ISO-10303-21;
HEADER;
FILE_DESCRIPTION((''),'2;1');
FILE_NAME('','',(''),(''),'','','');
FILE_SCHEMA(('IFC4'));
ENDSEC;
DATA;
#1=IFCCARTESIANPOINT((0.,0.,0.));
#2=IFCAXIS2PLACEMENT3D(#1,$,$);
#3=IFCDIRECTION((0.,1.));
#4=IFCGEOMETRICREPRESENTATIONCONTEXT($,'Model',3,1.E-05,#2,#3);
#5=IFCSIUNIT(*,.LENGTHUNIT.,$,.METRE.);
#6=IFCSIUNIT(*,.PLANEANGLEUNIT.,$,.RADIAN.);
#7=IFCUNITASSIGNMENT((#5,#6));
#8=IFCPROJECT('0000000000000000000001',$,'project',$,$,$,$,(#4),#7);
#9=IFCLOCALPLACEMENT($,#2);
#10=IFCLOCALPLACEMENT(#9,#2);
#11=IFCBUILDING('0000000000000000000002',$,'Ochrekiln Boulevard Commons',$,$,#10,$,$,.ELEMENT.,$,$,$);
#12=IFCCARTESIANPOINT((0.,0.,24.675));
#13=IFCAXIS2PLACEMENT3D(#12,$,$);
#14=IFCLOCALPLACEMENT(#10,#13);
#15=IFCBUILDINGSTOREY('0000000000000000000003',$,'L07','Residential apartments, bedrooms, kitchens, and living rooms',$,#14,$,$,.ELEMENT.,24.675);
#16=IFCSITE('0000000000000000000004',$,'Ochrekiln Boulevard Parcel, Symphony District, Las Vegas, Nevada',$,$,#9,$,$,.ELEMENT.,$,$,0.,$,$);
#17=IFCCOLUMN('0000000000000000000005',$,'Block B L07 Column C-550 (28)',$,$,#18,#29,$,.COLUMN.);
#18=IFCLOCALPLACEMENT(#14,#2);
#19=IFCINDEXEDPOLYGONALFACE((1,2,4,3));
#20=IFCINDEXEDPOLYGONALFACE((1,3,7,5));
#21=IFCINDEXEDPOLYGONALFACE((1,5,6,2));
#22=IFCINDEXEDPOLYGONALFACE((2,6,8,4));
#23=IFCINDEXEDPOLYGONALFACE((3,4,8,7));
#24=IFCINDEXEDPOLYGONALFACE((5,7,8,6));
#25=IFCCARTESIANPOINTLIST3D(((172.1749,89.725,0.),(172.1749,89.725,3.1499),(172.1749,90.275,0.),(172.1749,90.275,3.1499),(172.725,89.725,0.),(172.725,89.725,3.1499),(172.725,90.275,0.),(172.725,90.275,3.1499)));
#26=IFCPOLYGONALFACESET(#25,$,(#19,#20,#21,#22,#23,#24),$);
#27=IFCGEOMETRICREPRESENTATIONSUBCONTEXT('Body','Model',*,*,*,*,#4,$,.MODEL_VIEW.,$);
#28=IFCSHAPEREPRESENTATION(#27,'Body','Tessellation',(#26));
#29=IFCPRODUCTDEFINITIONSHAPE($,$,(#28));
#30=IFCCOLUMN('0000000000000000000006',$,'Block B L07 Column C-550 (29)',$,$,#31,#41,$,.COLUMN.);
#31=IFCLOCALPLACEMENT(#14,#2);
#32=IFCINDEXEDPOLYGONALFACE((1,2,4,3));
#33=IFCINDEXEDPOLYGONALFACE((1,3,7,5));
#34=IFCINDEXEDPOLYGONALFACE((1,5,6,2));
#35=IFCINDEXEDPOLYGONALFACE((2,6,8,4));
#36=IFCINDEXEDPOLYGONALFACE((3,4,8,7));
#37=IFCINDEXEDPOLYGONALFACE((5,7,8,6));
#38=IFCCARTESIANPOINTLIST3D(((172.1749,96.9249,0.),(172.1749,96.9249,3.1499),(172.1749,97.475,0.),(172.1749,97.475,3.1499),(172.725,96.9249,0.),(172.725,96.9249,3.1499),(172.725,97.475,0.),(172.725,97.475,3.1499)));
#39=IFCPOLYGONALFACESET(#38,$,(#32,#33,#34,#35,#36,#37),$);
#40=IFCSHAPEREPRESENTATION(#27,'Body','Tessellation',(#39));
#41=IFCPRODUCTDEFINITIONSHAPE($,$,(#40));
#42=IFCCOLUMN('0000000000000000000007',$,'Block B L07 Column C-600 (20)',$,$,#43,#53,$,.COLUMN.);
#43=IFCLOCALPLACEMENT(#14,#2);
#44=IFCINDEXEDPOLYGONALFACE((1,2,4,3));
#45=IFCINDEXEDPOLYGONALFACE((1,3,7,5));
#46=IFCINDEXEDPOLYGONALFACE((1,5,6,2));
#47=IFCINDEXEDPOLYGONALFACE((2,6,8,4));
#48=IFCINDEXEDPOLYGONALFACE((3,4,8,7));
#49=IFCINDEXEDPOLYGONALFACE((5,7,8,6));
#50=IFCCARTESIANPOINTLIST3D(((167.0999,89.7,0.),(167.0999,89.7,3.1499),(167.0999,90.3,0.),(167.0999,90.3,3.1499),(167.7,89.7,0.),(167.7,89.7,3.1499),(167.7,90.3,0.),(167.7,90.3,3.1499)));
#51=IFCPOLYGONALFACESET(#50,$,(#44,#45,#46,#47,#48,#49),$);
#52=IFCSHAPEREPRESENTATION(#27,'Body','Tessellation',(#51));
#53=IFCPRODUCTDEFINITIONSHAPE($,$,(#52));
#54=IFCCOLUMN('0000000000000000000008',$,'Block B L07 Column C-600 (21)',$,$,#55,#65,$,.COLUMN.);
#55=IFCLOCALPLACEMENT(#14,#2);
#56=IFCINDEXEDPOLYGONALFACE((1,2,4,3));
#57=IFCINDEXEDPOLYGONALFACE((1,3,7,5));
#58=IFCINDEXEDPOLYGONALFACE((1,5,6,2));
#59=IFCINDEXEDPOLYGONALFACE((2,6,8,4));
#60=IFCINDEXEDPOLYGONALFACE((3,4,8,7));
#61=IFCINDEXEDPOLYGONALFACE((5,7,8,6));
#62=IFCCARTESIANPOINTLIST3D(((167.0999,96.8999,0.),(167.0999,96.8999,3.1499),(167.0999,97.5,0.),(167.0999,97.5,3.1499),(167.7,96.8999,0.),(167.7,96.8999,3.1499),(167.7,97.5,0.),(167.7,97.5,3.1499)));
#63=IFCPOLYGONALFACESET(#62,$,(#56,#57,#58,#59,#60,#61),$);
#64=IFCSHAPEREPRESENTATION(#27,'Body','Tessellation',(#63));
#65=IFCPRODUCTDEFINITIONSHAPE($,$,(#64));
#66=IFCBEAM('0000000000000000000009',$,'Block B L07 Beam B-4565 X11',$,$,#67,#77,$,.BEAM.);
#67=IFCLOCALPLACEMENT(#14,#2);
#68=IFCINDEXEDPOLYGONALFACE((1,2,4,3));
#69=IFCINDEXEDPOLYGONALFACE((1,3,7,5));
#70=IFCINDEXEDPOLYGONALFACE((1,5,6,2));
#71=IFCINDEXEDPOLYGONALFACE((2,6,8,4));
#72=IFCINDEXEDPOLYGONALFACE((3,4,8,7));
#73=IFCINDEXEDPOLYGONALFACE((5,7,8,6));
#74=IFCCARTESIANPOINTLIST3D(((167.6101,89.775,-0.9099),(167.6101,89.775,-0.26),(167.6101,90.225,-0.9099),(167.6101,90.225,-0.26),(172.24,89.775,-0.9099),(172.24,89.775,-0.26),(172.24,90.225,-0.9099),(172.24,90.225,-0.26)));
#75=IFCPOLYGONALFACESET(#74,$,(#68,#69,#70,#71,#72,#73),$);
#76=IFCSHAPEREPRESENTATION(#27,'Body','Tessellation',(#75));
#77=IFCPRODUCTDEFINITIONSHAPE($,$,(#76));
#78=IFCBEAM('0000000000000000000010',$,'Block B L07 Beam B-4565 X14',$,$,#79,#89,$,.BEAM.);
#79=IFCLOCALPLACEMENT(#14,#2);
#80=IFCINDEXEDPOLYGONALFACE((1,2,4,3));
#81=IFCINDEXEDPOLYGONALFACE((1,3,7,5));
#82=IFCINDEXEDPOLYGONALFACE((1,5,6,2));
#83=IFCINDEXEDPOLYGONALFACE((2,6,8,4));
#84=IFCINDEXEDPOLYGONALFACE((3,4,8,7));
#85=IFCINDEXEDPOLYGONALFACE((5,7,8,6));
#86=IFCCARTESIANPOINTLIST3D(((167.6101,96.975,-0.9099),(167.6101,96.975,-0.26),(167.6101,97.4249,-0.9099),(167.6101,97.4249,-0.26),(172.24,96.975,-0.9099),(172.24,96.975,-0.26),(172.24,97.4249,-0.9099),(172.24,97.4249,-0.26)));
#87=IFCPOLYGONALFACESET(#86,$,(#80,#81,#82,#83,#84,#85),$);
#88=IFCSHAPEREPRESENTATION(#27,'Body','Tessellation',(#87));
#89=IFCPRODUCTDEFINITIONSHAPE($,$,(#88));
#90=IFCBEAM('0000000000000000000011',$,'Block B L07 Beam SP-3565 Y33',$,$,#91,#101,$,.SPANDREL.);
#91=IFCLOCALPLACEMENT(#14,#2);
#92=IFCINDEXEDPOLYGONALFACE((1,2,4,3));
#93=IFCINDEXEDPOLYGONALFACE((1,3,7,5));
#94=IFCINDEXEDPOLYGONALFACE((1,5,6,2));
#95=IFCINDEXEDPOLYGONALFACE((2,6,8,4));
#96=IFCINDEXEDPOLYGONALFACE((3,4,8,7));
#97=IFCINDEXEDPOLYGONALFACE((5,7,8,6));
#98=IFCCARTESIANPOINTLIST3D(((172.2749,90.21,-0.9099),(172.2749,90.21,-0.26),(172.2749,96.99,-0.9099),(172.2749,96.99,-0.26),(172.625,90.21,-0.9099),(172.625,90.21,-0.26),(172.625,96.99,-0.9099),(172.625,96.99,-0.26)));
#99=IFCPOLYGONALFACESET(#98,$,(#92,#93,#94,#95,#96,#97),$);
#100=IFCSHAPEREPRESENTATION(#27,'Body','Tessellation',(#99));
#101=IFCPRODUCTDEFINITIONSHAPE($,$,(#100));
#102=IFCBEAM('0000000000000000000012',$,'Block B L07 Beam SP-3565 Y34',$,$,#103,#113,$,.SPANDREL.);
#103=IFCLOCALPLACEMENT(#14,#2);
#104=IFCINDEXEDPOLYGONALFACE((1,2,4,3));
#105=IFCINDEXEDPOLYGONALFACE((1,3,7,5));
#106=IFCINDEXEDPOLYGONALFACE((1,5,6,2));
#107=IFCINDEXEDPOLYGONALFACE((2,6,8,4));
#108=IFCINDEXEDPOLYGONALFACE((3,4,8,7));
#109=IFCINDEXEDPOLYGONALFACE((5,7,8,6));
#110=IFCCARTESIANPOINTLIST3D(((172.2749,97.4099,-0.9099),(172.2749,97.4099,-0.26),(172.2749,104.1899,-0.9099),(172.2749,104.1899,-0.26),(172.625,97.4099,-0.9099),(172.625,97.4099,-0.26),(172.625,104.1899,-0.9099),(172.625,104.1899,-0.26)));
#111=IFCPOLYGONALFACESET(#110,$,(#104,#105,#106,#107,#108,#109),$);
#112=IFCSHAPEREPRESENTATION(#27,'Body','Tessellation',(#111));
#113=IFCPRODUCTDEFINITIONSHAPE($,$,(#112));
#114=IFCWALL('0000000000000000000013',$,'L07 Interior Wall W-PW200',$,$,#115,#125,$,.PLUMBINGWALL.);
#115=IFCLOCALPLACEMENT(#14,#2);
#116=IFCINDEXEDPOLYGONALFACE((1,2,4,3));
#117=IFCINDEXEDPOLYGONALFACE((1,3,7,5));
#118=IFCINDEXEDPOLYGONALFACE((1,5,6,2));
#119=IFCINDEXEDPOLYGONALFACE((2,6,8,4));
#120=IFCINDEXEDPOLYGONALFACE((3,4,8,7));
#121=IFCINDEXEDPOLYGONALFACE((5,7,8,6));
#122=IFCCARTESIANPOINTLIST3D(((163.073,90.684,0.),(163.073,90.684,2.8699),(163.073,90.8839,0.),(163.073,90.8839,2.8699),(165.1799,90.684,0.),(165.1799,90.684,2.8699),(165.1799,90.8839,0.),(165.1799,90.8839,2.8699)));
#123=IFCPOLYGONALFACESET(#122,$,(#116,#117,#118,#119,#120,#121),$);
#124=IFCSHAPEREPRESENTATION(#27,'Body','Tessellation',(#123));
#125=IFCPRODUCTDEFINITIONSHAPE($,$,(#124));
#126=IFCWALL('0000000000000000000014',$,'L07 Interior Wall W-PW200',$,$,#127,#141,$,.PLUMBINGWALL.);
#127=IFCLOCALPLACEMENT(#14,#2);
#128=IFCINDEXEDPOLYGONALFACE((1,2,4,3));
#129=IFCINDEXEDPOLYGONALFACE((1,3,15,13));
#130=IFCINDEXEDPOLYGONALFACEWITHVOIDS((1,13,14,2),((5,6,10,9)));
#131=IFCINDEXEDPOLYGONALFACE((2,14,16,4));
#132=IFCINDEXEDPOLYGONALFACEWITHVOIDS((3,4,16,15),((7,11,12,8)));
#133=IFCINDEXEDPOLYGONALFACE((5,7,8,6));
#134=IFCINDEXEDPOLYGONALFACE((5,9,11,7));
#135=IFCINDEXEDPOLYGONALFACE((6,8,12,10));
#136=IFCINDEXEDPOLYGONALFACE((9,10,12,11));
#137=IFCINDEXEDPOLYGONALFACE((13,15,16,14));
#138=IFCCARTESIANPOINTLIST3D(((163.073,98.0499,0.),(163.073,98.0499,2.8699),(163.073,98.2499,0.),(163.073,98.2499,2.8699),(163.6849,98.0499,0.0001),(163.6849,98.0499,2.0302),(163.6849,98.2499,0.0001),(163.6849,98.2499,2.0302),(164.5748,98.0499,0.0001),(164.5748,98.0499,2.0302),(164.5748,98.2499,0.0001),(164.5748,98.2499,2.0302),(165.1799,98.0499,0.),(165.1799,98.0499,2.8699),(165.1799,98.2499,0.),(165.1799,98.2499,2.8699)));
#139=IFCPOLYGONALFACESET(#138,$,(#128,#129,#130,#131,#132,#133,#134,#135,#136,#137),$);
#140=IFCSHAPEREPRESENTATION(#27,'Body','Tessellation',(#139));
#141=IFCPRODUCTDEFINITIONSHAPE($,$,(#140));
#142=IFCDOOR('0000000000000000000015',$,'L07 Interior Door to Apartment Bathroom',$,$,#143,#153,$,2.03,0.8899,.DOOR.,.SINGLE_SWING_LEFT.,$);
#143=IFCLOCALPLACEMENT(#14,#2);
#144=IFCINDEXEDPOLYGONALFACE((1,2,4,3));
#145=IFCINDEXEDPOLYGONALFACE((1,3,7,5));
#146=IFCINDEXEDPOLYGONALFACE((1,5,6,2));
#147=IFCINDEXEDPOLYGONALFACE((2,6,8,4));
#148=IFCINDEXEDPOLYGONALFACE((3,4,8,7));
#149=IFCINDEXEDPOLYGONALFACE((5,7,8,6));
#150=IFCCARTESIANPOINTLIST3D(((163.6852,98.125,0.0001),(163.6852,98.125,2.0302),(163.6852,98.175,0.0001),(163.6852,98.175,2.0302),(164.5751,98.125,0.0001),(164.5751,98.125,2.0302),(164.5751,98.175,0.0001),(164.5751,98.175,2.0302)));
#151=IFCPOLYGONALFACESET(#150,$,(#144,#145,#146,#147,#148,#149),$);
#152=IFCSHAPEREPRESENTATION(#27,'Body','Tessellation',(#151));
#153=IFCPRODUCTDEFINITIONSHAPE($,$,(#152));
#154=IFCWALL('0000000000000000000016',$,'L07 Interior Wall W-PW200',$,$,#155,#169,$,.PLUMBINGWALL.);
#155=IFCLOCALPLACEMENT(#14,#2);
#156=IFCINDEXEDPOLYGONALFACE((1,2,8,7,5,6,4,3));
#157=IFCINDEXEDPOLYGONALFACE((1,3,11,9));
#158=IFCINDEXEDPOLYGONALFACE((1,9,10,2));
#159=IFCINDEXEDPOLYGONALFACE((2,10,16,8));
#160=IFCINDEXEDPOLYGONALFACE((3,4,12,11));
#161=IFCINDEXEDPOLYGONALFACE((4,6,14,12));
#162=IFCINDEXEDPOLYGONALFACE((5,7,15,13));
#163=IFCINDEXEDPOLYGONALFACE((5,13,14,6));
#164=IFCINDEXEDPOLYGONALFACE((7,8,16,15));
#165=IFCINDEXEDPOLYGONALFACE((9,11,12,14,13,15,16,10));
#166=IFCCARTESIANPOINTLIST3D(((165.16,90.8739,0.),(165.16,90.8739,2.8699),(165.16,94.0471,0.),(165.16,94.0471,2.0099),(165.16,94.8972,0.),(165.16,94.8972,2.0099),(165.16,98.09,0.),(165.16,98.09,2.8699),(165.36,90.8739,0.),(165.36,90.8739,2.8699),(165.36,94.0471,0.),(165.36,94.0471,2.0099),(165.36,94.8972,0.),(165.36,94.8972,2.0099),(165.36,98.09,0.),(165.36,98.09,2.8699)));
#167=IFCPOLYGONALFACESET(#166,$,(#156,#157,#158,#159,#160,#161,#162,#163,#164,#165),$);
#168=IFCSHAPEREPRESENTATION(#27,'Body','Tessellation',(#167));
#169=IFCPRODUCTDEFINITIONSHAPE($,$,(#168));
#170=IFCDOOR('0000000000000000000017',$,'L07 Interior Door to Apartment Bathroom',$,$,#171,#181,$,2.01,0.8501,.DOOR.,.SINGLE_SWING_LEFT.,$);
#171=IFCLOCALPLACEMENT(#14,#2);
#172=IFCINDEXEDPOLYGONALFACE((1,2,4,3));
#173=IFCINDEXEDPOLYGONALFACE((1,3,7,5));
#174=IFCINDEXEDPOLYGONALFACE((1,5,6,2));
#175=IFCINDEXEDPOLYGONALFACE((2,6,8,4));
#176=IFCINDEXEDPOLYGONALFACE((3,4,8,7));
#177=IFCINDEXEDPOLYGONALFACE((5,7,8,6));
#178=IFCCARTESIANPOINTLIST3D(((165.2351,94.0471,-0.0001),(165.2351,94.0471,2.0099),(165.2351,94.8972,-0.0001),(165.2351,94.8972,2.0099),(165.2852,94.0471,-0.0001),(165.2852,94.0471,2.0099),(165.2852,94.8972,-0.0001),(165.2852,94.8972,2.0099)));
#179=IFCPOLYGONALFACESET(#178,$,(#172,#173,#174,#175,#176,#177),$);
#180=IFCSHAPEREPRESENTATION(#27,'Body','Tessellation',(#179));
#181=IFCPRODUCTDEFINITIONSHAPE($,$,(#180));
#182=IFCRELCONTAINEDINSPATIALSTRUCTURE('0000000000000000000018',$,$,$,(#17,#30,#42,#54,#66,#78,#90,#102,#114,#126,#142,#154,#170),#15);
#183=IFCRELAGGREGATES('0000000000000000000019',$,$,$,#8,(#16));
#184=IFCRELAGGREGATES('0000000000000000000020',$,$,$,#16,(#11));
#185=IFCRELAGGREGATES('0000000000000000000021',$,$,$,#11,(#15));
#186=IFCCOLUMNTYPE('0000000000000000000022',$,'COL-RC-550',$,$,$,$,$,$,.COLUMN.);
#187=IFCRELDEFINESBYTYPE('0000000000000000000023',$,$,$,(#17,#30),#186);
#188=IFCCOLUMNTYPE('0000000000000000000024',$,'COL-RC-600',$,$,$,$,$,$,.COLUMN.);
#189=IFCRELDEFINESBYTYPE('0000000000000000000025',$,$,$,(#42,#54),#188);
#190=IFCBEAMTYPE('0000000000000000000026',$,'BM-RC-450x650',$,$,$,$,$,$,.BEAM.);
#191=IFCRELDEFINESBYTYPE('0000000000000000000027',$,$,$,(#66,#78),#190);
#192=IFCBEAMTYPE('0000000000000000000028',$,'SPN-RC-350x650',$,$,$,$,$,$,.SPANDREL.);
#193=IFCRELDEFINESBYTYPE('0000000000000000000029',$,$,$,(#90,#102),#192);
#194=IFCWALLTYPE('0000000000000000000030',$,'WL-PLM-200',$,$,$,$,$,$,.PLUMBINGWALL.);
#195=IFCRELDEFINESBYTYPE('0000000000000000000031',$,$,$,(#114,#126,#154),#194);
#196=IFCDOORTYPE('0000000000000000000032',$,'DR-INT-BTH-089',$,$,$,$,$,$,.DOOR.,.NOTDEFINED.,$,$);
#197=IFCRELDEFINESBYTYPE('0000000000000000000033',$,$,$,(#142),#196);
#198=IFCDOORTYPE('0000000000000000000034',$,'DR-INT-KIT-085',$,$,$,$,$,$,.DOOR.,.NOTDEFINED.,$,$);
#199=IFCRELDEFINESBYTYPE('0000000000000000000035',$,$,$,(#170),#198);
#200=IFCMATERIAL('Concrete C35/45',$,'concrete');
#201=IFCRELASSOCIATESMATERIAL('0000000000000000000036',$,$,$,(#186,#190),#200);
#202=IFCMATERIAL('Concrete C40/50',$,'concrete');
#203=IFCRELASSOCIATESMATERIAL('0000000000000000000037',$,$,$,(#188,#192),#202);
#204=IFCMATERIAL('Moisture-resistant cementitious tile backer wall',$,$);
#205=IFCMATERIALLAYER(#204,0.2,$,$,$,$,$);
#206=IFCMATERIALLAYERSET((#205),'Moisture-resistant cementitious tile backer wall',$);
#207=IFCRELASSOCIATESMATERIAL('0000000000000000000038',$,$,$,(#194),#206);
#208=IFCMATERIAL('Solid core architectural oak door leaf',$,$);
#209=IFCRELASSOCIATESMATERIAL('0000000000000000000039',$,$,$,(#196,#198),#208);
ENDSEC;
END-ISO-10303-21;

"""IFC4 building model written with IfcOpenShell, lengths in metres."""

from ifc_helpers import new_model, si_unit, direction, frame, frame_2d, origin, origin_2d, place, context, subcontext, project, spatial, rectangle, extrude, material, layer, layer_set, material_profile, profile_set, type_object, element, fill, save


model = new_model("IFC4")

# Units and contexts
model_context = context("Model", 3, precision=1e-05, world=origin(), true_north=direction((0.0, 1.0)))
body_context = subcontext(model_context, "Body", "Model", "MODEL_VIEW")
ifc_project = project(units=[si_unit("LENGTHUNIT", "METRE"), si_unit("PLANEANGLEUNIT", "RADIAN")], contexts=[model_context])

# Site, building, storey
site_placement = place(None, origin())
site = spatial("IfcSite", under=ifc_project, at=site_placement, Name="Ochrekiln Boulevard Parcel, Symphony District, Las Vegas, Nevada", CompositionType="ELEMENT", RefElevation=0.0)
building_placement = place(site_placement, origin())
building = spatial("IfcBuilding", under=site, at=building_placement, Name="Ochrekiln Boulevard Commons", CompositionType="ELEMENT")
storey_placement = place(building_placement, frame((0.0, 0.0, 24.675)))
storey = spatial("IfcBuildingStorey", under=building, at=storey_placement, Name="L07", Description="Residential apartments, bedrooms, kitchens, and living rooms", CompositionType="ELEMENT", Elevation=24.675)

# Columns
ifc_material_1 = material(Name="Concrete C35/45", Category="concrete")
ifc_material_profile_1 = material_profile(ifc_material_1, rectangle(XDim=0.55, YDim=0.55, at=origin_2d()), Name="RC-COL-550x550")
ifc_profile_set_1 = profile_set([ifc_material_profile_1], Name="Concrete C35/45")
column_type_1 = type_object("IfcColumnType", Name="COL-RC-550", PredefinedType="COLUMN", material=ifc_profile_set_1)
for number, where, z_axis, x_axis, name in (
    (1, (172.45, 90.0, 0.0), (0.0, 0.0, 1.0), (1.0, 0.0, 0.0), "Block B L07 Column C-550 (28)"),
    (2, (172.45, 97.2, 0.0), (0.0, 0.0, 1.0), (1.0, 0.0, 0.0), "Block B L07 Column C-550 (29)"),
):
    element("IfcColumn", number, at=place(storey_placement, frame(where, z_axis=z_axis, x_axis=x_axis)), inside=storey, type_object=column_type_1, Name=name, PredefinedType="COLUMN", context=body_context, shape_type="SweptSolid", body=[
        extrude(rectangle(XDim=0.55, YDim=0.55, at=origin_2d()), origin(), (0.0, 0.0, 1.0), 3.1499),
    ])
ifc_material_2 = material(Name="Concrete C40/50", Category="concrete")
ifc_material_profile_2 = material_profile(ifc_material_2, rectangle(XDim=0.6001, YDim=0.6001, at=origin_2d()), Name="RC-COL-600x600")
ifc_profile_set_2 = profile_set([ifc_material_profile_2], Name="Concrete C40/50")
column_type_2 = type_object("IfcColumnType", Name="COL-RC-600", PredefinedType="COLUMN", material=ifc_profile_set_2)
for number, where, z_axis, x_axis, name in (
    (3, (167.3999, 90.0, 0.0), (0.0, 0.0, 1.0), (1.0, 0.0, 0.0), "Block B L07 Column C-600 (20)"),
    (4, (167.3999, 97.2, 0.0), (0.0, 0.0, 1.0), (1.0, 0.0, 0.0), "Block B L07 Column C-600 (21)"),
):
    element("IfcColumn", number, at=place(storey_placement, frame(where, z_axis=z_axis, x_axis=x_axis)), inside=storey, type_object=column_type_2, Name=name, PredefinedType="COLUMN", context=body_context, shape_type="SweptSolid", body=[
        extrude(rectangle(XDim=0.6001, YDim=0.6001, at=origin_2d()), origin(), (0.0, 0.0, 1.0), 3.1499),
    ])

# Beams
ifc_material_profile_3 = material_profile(ifc_material_1, rectangle(XDim=0.45, YDim=0.6499, at=origin_2d()), Name="RC-BM-450x650")
ifc_profile_set_3 = profile_set([ifc_material_profile_3], Name="Concrete C35/45")
beam_type_1 = type_object("IfcBeamType", Name="BM-RC-450x650", PredefinedType="BEAM", material=ifc_profile_set_3)
for number, where, z_axis, x_axis, name in (
    (5, (167.6101, 90.0, -0.585), (1.0, 0.0, 0.0), (0.0, 1.0, 0.0), "Block B L07 Beam B-4565 X11"),
    (6, (167.6101, 97.2, -0.585), (1.0, 0.0, 0.0), (0.0, 1.0, 0.0), "Block B L07 Beam B-4565 X14"),
):
    element("IfcBeam", number, at=place(storey_placement, frame(where, z_axis=z_axis, x_axis=x_axis)), inside=storey, type_object=beam_type_1, Name=name, PredefinedType="BEAM", context=body_context, shape_type="SweptSolid", body=[
        extrude(rectangle(XDim=0.45, YDim=0.6499, at=origin_2d()), origin(), (0.0, 0.0, 1.0), 4.6299),
    ])
ifc_material_profile_4 = material_profile(ifc_material_2, rectangle(XDim=0.3501, YDim=0.6499, at=origin_2d()), Name="RC-SPN-350x650")
ifc_profile_set_4 = profile_set([ifc_material_profile_4], Name="Concrete C40/50")
beam_type_2 = type_object("IfcBeamType", Name="SPN-RC-350x650", PredefinedType="SPANDREL", material=ifc_profile_set_4)
for number, where, z_axis, x_axis, name in (
    (7, (172.45, 90.21, -0.585), (0.0, 1.0, 0.0), (-1.0, 0.0, 0.0), "Block B L07 Beam SP-3565 Y33"),
    (8, (172.45, 97.4099, -0.585), (0.0, 1.0, 0.0), (-1.0, 0.0, 0.0), "Block B L07 Beam SP-3565 Y34"),
):
    element("IfcBeam", number, at=place(storey_placement, frame(where, z_axis=z_axis, x_axis=x_axis)), inside=storey, type_object=beam_type_2, Name=name, PredefinedType="SPANDREL", context=body_context, shape_type="SweptSolid", body=[
        extrude(rectangle(XDim=0.3501, YDim=0.6499, at=origin_2d()), origin(), (0.0, 0.0, 1.0), 6.78),
    ])

# Wall
ifc_material_3 = material(Name="Moisture-resistant cementitious tile backer wall")
ifc_layer_1 = layer(ifc_material_3, 0.2)
ifc_layer_set_1 = layer_set([ifc_layer_1], Name="Moisture-resistant cementitious tile backer wall")
wall_type_1 = type_object("IfcWallType", Name="WL-PLM-200", PredefinedType="PLUMBINGWALL", material=ifc_layer_set_1)
wall_1_placement = place(storey_placement, frame((163.073, 90.7839, 0.0), z_axis=(0.0, 0.0, 1.0), x_axis=(1.0, 0.0, 0.0)))
element("IfcWall", 9, at=wall_1_placement, inside=storey, type_object=wall_type_1, Name="L07 Interior Wall W-PW200", PredefinedType="PLUMBINGWALL", context=body_context, shape_type="SweptSolid", body=[
    extrude(rectangle(XDim=2.1069, YDim=0.2, at=frame_2d((1.0535, 0.0))), origin(), (0.0, 0.0, 1.0), 2.8699),
])

# Walls, openings, doors
wall_2_placement = place(storey_placement, frame((163.073, 98.1499, 0.0), z_axis=(0.0, 0.0, 1.0), x_axis=(1.0, 0.0, 0.0)))
wall_2 = element("IfcWall", 10, at=wall_2_placement, inside=storey, type_object=wall_type_1, Name="L07 Interior Wall W-PW200", PredefinedType="PLUMBINGWALL", context=body_context, shape_type="SweptSolid", body=[
    extrude(rectangle(XDim=2.1069, YDim=0.2, at=frame_2d((1.0535, 0.0))), origin(), (0.0, 0.0, 1.0), 2.8699),
])
opening_1_placement = place(wall_2_placement, frame((0.6121, 0.0, 0.0)))
opening_1 = element("IfcOpeningElement", 11, at=opening_1_placement, cuts=wall_2, PredefinedType="OPENING", context=body_context, shape_type="SweptSolid", body=[
    extrude(rectangle(XDim=0.8899, YDim=2.03, at=frame_2d((0.4448, 1.0151))), frame((0.0, 0.1099, 0.0), z_axis=(0.0, -1.0, 0.0), x_axis=(1.0, 0.0, 0.0)), (0.0, 0.0, 1.0), 0.22),
])
ifc_material_4 = material(Name="Solid core architectural oak door leaf")
door_type_1 = type_object("IfcDoorType", Name="DR-INT-BTH-089", OperationType="NOTDEFINED", PredefinedType="DOOR", material=ifc_material_4)
door_1_placement = place(opening_1_placement, frame((0.8899, 0.0, 0.0), z_axis=(0.0, 0.0, 1.0), x_axis=(-1.0, 0.0, 0.0)))
door_1 = element("IfcDoor", 12, at=door_1_placement, inside=storey, type_object=door_type_1, Name="L07 Interior Door to Apartment Bathroom", OperationType="SINGLE_SWING_LEFT", OverallHeight=2.03, OverallWidth=0.8899, PredefinedType="DOOR", context=body_context, shape_type="SweptSolid", body=[
    extrude(rectangle(XDim=0.8899, YDim=2.03, at=frame_2d((0.4448, 1.0151))), frame((0.0, 0.0249, 0.0), z_axis=(0.0, -1.0, 0.0), x_axis=(1.0, 0.0, 0.0)), (0.0, 0.0, 1.0), 0.05),
])
fill(opening_1, door_1)
wall_3_placement = place(storey_placement, frame((165.26, 90.874, 0.0), z_axis=(0.0, 0.0, 1.0), x_axis=(0.0, 1.0, 0.0)))
wall_3 = element("IfcWall", 13, at=wall_3_placement, inside=storey, type_object=wall_type_1, Name="L07 Interior Wall W-PW200", PredefinedType="PLUMBINGWALL", context=body_context, shape_type="SweptSolid", body=[
    extrude(rectangle(XDim=7.2161, YDim=0.2, at=frame_2d((3.6079, 0.0))), origin(), (0.0, 0.0, 1.0), 2.8699),
])
opening_2_placement = place(wall_3_placement, frame((3.1731, 0.0, 0.0)))
opening_2 = element("IfcOpeningElement", 14, at=opening_2_placement, cuts=wall_3, PredefinedType="OPENING", context=body_context, shape_type="SweptSolid", body=[
    extrude(rectangle(XDim=0.8501, YDim=2.01, at=frame_2d((0.425, 1.0049))), frame((0.0, 0.1099, 0.0), z_axis=(0.0, -1.0, 0.0), x_axis=(1.0, 0.0, 0.0)), (0.0, 0.0, 1.0), 0.22),
])
door_type_2 = type_object("IfcDoorType", Name="DR-INT-KIT-085", OperationType="NOTDEFINED", PredefinedType="DOOR", material=ifc_material_4)
door_2_placement = place(opening_2_placement, origin())
door_2 = element("IfcDoor", 15, at=door_2_placement, inside=storey, type_object=door_type_2, Name="L07 Interior Door to Apartment Bathroom", OperationType="SINGLE_SWING_LEFT", OverallHeight=2.01, OverallWidth=0.8501, PredefinedType="DOOR", context=body_context, shape_type="SweptSolid", body=[
    extrude(rectangle(XDim=0.8501, YDim=2.01, at=frame_2d((0.425, 1.0049))), frame((0.0, 0.0249, 0.0), z_axis=(0.0, -1.0, 0.0), x_axis=(1.0, 0.0, 0.0)), (0.0, 0.0, 1.0), 0.05),
])
fill(opening_2, door_2)

save(model, "model.ifc")
